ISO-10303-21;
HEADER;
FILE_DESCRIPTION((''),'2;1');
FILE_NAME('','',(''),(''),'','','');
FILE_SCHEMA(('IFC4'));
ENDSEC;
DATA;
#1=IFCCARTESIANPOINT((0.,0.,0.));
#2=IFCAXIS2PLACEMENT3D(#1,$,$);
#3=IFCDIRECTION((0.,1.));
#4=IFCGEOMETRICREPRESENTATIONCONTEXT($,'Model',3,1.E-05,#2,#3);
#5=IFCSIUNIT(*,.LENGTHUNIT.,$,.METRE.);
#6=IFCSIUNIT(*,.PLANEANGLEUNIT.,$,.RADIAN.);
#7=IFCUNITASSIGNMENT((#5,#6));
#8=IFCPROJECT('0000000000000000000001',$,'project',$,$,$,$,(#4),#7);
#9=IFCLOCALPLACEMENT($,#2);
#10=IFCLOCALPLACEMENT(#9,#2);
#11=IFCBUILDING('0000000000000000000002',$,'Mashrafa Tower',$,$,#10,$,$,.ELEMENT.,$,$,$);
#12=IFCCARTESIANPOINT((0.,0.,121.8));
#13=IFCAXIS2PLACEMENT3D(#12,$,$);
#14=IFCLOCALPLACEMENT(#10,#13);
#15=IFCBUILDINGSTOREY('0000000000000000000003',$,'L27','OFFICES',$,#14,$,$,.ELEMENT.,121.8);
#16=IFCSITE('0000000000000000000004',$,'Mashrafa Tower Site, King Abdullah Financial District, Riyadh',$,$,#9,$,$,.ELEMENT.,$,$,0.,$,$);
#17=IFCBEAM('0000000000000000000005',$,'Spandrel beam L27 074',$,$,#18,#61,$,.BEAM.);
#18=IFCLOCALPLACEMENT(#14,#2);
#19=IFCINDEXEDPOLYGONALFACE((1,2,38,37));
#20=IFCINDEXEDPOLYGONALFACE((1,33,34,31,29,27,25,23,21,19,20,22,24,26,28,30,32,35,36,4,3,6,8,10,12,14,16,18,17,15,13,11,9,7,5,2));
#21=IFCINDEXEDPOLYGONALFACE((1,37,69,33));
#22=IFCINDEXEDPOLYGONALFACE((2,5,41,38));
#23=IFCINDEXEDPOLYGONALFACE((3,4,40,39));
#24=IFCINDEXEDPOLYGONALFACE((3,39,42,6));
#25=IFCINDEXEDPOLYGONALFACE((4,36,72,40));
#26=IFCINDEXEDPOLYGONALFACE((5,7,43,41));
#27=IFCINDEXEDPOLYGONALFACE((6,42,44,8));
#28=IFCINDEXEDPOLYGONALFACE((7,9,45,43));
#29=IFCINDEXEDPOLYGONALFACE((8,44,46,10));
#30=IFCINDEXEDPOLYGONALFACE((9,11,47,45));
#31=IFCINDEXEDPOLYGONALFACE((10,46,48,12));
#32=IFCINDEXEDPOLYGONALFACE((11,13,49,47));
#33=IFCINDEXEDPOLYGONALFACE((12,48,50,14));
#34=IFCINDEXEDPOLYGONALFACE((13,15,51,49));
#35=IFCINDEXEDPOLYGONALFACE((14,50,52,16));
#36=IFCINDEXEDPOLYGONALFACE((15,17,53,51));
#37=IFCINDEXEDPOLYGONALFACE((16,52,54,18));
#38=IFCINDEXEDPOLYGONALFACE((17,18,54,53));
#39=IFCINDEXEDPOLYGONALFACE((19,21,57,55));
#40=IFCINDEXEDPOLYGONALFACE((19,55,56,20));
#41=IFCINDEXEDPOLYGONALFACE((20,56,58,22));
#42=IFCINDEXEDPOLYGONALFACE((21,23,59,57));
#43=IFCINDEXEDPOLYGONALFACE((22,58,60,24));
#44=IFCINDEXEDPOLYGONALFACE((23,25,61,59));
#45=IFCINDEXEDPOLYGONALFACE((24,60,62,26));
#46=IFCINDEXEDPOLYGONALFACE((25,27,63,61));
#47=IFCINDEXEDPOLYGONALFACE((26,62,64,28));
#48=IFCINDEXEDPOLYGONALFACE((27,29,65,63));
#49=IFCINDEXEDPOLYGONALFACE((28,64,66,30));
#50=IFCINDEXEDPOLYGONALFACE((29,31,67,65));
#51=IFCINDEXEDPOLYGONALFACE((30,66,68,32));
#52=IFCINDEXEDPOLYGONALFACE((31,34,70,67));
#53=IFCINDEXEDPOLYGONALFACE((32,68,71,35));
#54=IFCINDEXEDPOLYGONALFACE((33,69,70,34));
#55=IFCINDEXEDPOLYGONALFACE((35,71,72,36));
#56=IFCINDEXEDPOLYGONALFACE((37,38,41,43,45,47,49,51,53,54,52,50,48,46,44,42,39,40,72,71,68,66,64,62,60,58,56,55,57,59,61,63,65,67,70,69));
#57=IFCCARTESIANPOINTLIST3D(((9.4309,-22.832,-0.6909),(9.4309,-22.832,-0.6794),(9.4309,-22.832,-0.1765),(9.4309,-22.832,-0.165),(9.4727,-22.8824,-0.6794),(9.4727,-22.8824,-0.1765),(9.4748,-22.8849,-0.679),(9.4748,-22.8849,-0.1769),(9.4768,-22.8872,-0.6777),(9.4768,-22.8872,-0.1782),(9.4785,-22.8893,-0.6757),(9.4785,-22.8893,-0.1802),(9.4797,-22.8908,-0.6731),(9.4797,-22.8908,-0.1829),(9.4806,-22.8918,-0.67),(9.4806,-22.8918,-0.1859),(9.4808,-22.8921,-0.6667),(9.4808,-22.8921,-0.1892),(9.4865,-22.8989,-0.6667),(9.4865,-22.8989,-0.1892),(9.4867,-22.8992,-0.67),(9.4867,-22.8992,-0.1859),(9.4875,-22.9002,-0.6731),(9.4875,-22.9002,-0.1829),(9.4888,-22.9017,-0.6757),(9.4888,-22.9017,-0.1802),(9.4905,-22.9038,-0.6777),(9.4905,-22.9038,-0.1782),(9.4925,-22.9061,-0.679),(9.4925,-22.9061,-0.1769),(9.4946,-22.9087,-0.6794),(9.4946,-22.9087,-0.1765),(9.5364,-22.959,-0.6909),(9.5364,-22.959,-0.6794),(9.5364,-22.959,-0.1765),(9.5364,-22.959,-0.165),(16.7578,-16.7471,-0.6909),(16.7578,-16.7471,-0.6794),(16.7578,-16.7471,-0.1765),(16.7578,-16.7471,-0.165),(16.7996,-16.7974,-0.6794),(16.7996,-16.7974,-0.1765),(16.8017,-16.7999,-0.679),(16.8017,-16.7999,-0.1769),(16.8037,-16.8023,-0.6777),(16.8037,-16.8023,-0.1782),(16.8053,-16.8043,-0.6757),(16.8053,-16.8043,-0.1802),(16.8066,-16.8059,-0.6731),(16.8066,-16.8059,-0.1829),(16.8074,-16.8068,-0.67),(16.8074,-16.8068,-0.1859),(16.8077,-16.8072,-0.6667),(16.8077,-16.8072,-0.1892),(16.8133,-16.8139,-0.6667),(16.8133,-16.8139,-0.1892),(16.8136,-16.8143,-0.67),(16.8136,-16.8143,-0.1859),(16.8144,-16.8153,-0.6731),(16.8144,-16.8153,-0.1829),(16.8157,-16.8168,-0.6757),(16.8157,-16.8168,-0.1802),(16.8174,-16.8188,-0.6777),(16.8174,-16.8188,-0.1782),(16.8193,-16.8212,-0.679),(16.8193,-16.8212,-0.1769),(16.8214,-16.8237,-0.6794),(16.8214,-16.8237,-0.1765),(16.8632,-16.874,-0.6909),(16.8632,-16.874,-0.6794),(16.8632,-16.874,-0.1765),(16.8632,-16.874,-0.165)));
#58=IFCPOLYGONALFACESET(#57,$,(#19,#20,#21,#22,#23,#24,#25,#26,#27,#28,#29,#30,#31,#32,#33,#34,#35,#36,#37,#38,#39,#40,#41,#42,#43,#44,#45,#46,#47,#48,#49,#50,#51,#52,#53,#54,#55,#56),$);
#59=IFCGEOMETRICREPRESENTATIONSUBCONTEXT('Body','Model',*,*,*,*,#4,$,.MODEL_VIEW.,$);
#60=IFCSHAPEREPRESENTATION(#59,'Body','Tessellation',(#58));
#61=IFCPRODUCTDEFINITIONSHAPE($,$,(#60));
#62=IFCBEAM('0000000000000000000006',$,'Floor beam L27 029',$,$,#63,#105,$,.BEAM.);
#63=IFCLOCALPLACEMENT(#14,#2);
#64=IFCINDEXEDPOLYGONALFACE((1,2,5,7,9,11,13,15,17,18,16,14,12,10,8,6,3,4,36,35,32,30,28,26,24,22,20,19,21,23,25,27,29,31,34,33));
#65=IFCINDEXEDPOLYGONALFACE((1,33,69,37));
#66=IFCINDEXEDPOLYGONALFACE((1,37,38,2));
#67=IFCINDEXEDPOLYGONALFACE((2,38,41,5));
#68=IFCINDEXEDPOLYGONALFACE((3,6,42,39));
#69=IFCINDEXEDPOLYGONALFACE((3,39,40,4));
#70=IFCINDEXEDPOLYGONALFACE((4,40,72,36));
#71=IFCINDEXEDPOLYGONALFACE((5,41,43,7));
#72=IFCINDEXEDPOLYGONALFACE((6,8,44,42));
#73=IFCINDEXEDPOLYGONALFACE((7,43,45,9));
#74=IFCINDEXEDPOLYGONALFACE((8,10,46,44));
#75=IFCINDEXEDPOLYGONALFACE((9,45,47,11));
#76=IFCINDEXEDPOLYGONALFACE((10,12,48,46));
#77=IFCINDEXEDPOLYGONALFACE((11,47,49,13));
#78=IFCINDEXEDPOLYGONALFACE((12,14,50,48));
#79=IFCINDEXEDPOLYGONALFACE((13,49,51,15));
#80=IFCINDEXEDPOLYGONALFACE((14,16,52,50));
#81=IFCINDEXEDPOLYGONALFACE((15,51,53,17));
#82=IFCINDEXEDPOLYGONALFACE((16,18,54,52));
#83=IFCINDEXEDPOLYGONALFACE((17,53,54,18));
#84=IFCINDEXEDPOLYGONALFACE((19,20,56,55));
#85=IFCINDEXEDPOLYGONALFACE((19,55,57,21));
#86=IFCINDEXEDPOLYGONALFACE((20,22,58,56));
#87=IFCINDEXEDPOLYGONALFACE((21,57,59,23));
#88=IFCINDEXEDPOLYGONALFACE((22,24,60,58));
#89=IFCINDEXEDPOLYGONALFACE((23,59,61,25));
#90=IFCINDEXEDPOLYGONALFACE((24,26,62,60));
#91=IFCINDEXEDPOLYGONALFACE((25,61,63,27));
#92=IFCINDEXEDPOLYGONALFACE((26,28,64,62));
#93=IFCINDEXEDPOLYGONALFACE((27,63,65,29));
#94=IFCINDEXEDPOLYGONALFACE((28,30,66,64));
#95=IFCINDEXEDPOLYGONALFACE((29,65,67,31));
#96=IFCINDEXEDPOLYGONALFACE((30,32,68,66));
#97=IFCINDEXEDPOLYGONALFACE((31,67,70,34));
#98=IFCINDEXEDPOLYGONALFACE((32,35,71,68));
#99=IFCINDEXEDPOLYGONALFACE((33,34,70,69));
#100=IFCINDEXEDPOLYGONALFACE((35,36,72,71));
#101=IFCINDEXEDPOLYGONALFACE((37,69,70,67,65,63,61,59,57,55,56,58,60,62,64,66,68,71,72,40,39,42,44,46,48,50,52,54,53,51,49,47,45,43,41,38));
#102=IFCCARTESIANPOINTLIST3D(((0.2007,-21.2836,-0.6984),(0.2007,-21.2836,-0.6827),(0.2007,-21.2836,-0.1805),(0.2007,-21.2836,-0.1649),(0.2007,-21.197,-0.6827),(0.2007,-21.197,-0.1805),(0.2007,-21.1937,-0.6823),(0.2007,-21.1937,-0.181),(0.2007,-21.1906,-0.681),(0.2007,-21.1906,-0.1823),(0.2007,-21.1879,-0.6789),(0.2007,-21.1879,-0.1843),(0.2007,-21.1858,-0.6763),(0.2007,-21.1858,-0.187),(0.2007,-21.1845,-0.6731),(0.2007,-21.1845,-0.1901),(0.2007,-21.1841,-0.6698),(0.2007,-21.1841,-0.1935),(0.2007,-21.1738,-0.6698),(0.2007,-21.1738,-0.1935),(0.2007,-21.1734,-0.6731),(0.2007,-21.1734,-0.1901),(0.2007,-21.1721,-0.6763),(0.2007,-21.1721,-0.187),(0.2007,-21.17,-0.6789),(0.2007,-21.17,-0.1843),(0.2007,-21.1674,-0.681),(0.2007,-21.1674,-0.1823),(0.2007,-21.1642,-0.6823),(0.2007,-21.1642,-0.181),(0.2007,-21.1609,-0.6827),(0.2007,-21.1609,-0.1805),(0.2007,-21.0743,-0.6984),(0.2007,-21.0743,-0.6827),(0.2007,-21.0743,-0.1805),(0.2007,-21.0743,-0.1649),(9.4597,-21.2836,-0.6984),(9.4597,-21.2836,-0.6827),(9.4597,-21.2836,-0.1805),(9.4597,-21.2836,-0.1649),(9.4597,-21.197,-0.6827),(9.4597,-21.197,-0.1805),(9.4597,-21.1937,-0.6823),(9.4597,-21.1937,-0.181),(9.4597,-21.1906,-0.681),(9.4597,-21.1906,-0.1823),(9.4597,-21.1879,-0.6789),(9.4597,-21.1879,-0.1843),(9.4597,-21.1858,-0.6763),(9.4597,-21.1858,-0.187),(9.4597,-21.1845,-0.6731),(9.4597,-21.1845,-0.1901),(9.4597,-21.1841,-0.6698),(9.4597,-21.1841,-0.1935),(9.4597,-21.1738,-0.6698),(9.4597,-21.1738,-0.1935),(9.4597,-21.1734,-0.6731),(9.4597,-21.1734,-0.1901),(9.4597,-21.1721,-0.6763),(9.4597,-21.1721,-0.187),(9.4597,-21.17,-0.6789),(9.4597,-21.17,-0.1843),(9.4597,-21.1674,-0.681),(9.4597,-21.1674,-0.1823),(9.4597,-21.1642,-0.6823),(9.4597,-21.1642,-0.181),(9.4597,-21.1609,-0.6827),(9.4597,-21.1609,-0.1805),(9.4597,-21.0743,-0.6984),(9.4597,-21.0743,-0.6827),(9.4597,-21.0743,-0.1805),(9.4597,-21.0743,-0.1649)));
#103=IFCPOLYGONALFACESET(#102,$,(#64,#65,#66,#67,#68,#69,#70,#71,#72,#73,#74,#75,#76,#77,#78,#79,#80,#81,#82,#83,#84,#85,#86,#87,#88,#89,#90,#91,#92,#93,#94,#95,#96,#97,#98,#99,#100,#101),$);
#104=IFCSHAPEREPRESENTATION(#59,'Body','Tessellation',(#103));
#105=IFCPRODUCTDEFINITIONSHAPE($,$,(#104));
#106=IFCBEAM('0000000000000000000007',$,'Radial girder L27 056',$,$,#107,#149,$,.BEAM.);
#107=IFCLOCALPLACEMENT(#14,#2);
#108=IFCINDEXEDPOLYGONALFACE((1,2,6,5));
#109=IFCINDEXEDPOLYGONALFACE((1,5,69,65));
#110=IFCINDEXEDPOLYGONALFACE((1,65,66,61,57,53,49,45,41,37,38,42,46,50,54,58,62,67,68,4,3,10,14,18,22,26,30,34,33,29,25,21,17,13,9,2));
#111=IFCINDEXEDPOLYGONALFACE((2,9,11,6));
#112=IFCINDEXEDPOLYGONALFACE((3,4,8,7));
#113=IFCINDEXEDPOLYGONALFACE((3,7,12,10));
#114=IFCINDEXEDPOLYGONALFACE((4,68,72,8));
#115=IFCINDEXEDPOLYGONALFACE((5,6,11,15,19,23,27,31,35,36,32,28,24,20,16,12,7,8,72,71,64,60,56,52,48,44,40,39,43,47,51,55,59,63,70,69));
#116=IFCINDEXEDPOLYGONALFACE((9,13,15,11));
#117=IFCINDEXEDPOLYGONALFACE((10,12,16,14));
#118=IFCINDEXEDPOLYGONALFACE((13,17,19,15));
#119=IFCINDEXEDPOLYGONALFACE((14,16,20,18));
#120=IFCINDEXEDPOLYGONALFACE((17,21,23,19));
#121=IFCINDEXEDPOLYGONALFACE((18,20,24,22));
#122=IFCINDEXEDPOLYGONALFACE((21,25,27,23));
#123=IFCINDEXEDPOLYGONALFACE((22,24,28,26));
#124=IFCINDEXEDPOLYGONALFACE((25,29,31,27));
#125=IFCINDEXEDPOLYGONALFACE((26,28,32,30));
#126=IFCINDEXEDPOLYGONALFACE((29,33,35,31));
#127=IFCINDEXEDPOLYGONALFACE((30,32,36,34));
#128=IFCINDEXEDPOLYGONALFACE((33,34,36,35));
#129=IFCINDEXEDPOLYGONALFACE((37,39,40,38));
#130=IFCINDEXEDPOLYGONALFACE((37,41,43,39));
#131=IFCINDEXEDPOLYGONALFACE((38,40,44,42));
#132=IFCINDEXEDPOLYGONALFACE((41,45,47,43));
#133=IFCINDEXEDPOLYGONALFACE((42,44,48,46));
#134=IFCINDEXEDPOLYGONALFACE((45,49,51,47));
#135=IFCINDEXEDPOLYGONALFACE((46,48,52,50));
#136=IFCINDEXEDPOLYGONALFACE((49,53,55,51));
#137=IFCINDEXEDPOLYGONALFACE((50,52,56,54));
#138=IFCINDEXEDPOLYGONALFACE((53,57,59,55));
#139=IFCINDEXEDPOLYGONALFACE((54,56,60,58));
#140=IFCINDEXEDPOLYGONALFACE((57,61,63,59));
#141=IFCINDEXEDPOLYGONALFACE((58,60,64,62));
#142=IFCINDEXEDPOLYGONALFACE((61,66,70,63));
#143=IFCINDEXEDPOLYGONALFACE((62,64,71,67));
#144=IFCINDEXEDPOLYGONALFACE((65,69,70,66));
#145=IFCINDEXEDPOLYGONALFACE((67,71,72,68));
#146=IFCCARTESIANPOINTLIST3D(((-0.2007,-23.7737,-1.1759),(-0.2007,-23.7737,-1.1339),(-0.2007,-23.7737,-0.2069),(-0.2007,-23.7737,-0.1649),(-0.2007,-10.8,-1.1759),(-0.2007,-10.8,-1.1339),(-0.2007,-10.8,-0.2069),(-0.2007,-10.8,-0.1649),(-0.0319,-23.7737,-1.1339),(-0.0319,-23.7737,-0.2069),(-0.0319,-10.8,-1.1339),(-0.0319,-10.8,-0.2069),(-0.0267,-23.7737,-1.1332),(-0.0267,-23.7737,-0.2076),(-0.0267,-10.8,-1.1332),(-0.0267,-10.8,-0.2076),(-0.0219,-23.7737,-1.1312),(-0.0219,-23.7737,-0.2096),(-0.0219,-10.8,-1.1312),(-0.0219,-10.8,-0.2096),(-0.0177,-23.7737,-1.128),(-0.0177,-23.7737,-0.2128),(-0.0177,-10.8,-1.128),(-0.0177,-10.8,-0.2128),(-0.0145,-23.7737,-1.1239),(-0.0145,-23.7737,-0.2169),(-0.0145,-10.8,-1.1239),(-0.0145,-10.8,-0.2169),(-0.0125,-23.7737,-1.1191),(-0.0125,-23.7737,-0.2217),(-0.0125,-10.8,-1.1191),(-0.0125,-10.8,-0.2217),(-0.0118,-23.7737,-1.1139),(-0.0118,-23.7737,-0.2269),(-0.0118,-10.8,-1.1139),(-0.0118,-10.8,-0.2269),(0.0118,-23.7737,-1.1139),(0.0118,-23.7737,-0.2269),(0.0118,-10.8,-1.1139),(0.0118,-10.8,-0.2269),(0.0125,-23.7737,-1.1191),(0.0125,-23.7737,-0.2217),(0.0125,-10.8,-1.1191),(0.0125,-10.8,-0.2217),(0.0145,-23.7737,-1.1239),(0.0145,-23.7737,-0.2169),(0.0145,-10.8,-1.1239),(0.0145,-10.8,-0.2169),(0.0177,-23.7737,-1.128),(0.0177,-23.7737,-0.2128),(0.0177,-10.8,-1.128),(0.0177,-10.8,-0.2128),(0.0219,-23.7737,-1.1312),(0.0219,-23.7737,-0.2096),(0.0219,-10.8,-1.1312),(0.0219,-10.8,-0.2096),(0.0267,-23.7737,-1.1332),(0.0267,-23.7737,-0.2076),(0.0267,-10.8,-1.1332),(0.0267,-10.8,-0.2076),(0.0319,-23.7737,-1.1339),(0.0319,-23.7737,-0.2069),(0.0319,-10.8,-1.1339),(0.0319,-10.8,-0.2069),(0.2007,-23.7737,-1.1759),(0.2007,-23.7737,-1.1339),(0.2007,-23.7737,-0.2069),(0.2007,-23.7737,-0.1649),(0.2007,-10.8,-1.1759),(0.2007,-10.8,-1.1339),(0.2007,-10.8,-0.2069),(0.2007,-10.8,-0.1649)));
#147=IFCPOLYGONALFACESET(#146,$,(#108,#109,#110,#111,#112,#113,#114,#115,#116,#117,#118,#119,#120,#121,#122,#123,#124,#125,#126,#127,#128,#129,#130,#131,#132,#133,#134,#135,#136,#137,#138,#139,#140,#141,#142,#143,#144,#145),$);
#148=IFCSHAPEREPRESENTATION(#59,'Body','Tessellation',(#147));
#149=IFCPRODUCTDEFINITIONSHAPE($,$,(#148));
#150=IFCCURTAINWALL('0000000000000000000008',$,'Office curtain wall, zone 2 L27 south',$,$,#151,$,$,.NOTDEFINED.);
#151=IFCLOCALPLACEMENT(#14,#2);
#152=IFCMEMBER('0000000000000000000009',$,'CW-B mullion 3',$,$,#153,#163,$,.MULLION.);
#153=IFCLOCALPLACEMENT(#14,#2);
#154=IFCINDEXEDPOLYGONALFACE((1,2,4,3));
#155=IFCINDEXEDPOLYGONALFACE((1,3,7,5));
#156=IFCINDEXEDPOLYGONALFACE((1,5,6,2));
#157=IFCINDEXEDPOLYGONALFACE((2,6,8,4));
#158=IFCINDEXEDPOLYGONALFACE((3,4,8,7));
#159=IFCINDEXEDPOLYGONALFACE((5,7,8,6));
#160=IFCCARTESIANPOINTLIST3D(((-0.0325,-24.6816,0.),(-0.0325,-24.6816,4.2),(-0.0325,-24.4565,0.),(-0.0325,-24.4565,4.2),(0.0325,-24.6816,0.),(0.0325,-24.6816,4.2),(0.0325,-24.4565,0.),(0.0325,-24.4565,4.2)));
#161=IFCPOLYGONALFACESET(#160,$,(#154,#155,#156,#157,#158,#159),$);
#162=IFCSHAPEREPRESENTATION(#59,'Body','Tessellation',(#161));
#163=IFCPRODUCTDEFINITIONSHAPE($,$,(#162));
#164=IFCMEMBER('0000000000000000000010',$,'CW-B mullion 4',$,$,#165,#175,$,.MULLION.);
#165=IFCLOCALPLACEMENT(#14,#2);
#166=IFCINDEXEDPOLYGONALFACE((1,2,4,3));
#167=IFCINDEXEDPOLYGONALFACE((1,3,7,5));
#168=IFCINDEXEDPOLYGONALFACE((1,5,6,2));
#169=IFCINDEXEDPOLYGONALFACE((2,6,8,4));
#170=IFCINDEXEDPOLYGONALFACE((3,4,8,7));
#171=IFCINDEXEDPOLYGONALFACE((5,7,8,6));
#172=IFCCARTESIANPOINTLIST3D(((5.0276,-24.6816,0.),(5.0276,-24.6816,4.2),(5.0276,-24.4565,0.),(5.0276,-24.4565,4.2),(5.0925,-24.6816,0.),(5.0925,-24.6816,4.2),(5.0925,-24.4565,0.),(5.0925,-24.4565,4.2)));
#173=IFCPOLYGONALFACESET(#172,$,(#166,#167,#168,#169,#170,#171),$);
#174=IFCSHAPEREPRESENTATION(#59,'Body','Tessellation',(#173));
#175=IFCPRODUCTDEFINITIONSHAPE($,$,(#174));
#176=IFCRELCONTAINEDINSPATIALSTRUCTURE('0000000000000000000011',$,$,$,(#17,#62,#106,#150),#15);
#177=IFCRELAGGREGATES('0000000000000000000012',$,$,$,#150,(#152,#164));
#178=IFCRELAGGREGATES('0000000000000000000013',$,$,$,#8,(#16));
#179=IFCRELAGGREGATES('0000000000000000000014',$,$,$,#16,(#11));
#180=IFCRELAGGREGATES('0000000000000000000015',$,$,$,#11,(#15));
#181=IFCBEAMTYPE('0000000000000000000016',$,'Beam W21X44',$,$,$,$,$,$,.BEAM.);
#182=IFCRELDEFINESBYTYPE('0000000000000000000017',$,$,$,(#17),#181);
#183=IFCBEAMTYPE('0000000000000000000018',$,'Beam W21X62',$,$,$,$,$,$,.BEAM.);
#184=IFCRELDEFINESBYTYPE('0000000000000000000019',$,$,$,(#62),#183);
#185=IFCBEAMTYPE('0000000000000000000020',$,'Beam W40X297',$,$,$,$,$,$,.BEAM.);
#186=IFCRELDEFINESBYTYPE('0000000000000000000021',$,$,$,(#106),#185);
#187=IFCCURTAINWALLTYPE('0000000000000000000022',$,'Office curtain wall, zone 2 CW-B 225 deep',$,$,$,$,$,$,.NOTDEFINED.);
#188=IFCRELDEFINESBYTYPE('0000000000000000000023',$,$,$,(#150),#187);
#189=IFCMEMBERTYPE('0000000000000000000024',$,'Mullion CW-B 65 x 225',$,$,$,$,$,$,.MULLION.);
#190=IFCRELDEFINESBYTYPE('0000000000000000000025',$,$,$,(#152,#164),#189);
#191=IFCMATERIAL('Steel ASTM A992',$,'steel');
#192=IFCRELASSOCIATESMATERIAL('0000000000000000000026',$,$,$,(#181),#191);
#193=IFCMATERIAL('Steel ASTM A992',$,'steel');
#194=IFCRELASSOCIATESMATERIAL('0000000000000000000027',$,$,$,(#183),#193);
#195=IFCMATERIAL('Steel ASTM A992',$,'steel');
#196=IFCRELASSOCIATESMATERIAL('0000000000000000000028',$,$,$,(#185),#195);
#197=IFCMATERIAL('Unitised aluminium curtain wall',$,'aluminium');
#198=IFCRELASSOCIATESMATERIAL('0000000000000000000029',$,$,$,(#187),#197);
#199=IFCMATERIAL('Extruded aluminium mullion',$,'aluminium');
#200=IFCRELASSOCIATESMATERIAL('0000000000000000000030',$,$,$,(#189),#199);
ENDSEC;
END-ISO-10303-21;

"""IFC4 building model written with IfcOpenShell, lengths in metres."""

from ifc_helpers import new_model, si_unit, direction, frame, origin, origin_2d, place, context, subcontext, project, spatial, rectangle, i_section, extrude, source, transform, mapped, material, material_profile, profile_set, type_object, type_shapes, element, aggregate, save


model = new_model("IFC4")

# Units and contexts
model_context = context("Model", 3, precision=1e-05, world=origin(), true_north=direction((0.0, 1.0)))
body_context = subcontext(model_context, "Body", "Model", "MODEL_VIEW")
ifc_project = project(units=[si_unit("LENGTHUNIT", "METRE"), si_unit("PLANEANGLEUNIT", "RADIAN")], contexts=[model_context])

# Site, building, storey
site_placement = place(None, origin())
site = spatial("IfcSite", under=ifc_project, at=site_placement, Name="Mashrafa Tower Site, King Abdullah Financial District, Riyadh", CompositionType="ELEMENT", RefElevation=0.0)
building_placement = place(site_placement, origin())
building = spatial("IfcBuilding", under=site, at=building_placement, Name="Mashrafa Tower", CompositionType="ELEMENT")
storey_placement = place(building_placement, frame((0.0, 0.0, 121.8)))
storey = spatial("IfcBuildingStorey", under=building, at=storey_placement, Name="L27", Description="OFFICES", CompositionType="ELEMENT", Elevation=121.8)

# Beams
ifc_material_1 = material(Name="Steel ASTM A992", Category="steel")
ifc_material_profile_1 = material_profile(ifc_material_1, i_section(OverallWidth=0.165, OverallDepth=0.5259, WebThickness=0.0088, FlangeThickness=0.0115, FilletRadius=0.0127, at=origin_2d()), Name="W21X44")
ifc_profile_set_1 = profile_set([ifc_material_profile_1], Name="Steel ASTM A992")
beam_type_1 = type_object("IfcBeamType", Name="Beam W21X44", PredefinedType="BEAM", material=ifc_profile_set_1)
for number, where, z_axis, x_axis, name in (
    (1, (9.4836, -22.8955, -0.428), (0.769294, 0.638895, 0.0), (-0.638895, 0.769294, 0.0), "Spandrel beam L27 074"),
):
    element("IfcBeam", number, at=place(storey_placement, frame(where, z_axis=z_axis, x_axis=x_axis)), inside=storey, type_object=beam_type_1, Name=name, PredefinedType="BEAM", context=body_context, shape_type="SweptSolid", body=[
        extrude(i_section(OverallWidth=0.165, OverallDepth=0.5259, WebThickness=0.0088, FlangeThickness=0.0115, FilletRadius=0.0127, at=origin_2d()), origin(), (0.0, 0.0, 1.0), 9.5242),
    ])
ifc_material_2 = material(Name="Steel ASTM A992", Category="steel")
ifc_material_profile_2 = material_profile(ifc_material_2, i_section(OverallWidth=0.2092, OverallDepth=0.5334, WebThickness=0.0103, FlangeThickness=0.0156, FilletRadius=0.0129, at=origin_2d()), Name="W21X62")
ifc_profile_set_2 = profile_set([ifc_material_profile_2], Name="Steel ASTM A992")
beam_type_2 = type_object("IfcBeamType", Name="Beam W21X62", PredefinedType="BEAM", material=ifc_profile_set_2)
beam_1_placement = place(storey_placement, frame((9.4597, -21.179, -0.4316), z_axis=(-1.0, 0.0, 0.0), x_axis=(0.0, -1.0, 0.0)))
element("IfcBeam", 2, at=beam_1_placement, inside=storey, type_object=beam_type_2, Name="Floor beam L27 029", PredefinedType="BEAM", context=body_context, shape_type="SweptSolid", body=[
    extrude(i_section(OverallWidth=0.2092, OverallDepth=0.5334, WebThickness=0.0103, FlangeThickness=0.0156, FilletRadius=0.0129, at=origin_2d()), origin(), (0.0, 0.0, 1.0), 9.259),
])
ifc_material_3 = material(Name="Steel ASTM A992", Category="steel")
ifc_material_profile_3 = material_profile(ifc_material_3, i_section(OverallWidth=0.4014, OverallDepth=1.011, WebThickness=0.0237, FlangeThickness=0.042, FilletRadius=0.02, at=origin_2d()), Name="W40X297")
ifc_profile_set_3 = profile_set([ifc_material_profile_3], Name="Steel ASTM A992")
beam_type_3 = type_object("IfcBeamType", Name="Beam W40X297", PredefinedType="BEAM", material=ifc_profile_set_3)
beam_2_placement = place(storey_placement, frame((0.0, -10.8, -0.6704), z_axis=(0.0, -1.0, 0.0), x_axis=(1.0, 0.0, 0.0)))
element("IfcBeam", 3, at=beam_2_placement, inside=storey, type_object=beam_type_3, Name="Radial girder L27 056", PredefinedType="BEAM", context=body_context, shape_type="SweptSolid", body=[
    extrude(i_section(OverallWidth=0.4014, OverallDepth=1.011, WebThickness=0.0237, FlangeThickness=0.042, FilletRadius=0.02, at=origin_2d()), origin(), (0.0, 0.0, 1.0), 12.9736),
])

# Curtain wall, members
ifc_material_4 = material(Name="Unitised aluminium curtain wall", Category="aluminium")
curtain_wall_type = type_object("IfcCurtainWallType", Name="Office curtain wall, zone 2 CW-B 225 deep", PredefinedType="NOTDEFINED", material=ifc_material_4)
curtain_wall_placement = place(storey_placement, origin())
curtain_wall = element("IfcCurtainWall", 4, at=curtain_wall_placement, inside=storey, type_object=curtain_wall_type, Name="Office curtain wall, zone 2 L27 south", PredefinedType="NOTDEFINED")
ifc_material_5 = material(Name="Extruded aluminium mullion", Category="aluminium")
ifc_material_profile_4 = material_profile(ifc_material_5, rectangle(XDim=0.2251, YDim=0.0649, at=origin_2d()), Name="Mullion 65x225")
ifc_profile_set_4 = profile_set([ifc_material_profile_4], Name="Extruded aluminium mullion")
member_type_1 = type_object("IfcMemberType", Name="Mullion CW-B 65 x 225", PredefinedType="MULLION", material=ifc_profile_set_4)
shared_shape_1 = source(origin(), body_context, "Body", "SweptSolid", [
    extrude(rectangle(XDim=0.2251, YDim=0.0649, at=origin_2d()), origin(), (0.0, 0.0, 1.0), 4.2),
])
type_shapes(member_type_1, [shared_shape_1])
member_1_placement = place(storey_placement, frame((0.0, -24.5691, 0.0), z_axis=(0.0, 0.0, 1.0), x_axis=(0.0, 1.0, 0.0)))
member_1 = element("IfcMember", 5, at=member_1_placement, type_object=member_type_1, Name="CW-B mullion 3", PredefinedType="MULLION", context=body_context, shape_type="MappedRepresentation", body=[
    mapped(shared_shape_1, transform((0.0, 0.0, 0.0))),
])
member_2_placement = place(storey_placement, frame((5.0601, -24.5691, 0.0), z_axis=(0.0, 0.0, 1.0), x_axis=(0.0, 1.0, 0.0)))
member_2 = element("IfcMember", 6, at=member_2_placement, type_object=member_type_1, Name="CW-B mullion 4", PredefinedType="MULLION", context=body_context, shape_type="MappedRepresentation", body=[
    mapped(shared_shape_1, transform((0.0, 0.0, 0.0))),
])
aggregate(curtain_wall, [member_1, member_2])

save(model, "model.ifc")
